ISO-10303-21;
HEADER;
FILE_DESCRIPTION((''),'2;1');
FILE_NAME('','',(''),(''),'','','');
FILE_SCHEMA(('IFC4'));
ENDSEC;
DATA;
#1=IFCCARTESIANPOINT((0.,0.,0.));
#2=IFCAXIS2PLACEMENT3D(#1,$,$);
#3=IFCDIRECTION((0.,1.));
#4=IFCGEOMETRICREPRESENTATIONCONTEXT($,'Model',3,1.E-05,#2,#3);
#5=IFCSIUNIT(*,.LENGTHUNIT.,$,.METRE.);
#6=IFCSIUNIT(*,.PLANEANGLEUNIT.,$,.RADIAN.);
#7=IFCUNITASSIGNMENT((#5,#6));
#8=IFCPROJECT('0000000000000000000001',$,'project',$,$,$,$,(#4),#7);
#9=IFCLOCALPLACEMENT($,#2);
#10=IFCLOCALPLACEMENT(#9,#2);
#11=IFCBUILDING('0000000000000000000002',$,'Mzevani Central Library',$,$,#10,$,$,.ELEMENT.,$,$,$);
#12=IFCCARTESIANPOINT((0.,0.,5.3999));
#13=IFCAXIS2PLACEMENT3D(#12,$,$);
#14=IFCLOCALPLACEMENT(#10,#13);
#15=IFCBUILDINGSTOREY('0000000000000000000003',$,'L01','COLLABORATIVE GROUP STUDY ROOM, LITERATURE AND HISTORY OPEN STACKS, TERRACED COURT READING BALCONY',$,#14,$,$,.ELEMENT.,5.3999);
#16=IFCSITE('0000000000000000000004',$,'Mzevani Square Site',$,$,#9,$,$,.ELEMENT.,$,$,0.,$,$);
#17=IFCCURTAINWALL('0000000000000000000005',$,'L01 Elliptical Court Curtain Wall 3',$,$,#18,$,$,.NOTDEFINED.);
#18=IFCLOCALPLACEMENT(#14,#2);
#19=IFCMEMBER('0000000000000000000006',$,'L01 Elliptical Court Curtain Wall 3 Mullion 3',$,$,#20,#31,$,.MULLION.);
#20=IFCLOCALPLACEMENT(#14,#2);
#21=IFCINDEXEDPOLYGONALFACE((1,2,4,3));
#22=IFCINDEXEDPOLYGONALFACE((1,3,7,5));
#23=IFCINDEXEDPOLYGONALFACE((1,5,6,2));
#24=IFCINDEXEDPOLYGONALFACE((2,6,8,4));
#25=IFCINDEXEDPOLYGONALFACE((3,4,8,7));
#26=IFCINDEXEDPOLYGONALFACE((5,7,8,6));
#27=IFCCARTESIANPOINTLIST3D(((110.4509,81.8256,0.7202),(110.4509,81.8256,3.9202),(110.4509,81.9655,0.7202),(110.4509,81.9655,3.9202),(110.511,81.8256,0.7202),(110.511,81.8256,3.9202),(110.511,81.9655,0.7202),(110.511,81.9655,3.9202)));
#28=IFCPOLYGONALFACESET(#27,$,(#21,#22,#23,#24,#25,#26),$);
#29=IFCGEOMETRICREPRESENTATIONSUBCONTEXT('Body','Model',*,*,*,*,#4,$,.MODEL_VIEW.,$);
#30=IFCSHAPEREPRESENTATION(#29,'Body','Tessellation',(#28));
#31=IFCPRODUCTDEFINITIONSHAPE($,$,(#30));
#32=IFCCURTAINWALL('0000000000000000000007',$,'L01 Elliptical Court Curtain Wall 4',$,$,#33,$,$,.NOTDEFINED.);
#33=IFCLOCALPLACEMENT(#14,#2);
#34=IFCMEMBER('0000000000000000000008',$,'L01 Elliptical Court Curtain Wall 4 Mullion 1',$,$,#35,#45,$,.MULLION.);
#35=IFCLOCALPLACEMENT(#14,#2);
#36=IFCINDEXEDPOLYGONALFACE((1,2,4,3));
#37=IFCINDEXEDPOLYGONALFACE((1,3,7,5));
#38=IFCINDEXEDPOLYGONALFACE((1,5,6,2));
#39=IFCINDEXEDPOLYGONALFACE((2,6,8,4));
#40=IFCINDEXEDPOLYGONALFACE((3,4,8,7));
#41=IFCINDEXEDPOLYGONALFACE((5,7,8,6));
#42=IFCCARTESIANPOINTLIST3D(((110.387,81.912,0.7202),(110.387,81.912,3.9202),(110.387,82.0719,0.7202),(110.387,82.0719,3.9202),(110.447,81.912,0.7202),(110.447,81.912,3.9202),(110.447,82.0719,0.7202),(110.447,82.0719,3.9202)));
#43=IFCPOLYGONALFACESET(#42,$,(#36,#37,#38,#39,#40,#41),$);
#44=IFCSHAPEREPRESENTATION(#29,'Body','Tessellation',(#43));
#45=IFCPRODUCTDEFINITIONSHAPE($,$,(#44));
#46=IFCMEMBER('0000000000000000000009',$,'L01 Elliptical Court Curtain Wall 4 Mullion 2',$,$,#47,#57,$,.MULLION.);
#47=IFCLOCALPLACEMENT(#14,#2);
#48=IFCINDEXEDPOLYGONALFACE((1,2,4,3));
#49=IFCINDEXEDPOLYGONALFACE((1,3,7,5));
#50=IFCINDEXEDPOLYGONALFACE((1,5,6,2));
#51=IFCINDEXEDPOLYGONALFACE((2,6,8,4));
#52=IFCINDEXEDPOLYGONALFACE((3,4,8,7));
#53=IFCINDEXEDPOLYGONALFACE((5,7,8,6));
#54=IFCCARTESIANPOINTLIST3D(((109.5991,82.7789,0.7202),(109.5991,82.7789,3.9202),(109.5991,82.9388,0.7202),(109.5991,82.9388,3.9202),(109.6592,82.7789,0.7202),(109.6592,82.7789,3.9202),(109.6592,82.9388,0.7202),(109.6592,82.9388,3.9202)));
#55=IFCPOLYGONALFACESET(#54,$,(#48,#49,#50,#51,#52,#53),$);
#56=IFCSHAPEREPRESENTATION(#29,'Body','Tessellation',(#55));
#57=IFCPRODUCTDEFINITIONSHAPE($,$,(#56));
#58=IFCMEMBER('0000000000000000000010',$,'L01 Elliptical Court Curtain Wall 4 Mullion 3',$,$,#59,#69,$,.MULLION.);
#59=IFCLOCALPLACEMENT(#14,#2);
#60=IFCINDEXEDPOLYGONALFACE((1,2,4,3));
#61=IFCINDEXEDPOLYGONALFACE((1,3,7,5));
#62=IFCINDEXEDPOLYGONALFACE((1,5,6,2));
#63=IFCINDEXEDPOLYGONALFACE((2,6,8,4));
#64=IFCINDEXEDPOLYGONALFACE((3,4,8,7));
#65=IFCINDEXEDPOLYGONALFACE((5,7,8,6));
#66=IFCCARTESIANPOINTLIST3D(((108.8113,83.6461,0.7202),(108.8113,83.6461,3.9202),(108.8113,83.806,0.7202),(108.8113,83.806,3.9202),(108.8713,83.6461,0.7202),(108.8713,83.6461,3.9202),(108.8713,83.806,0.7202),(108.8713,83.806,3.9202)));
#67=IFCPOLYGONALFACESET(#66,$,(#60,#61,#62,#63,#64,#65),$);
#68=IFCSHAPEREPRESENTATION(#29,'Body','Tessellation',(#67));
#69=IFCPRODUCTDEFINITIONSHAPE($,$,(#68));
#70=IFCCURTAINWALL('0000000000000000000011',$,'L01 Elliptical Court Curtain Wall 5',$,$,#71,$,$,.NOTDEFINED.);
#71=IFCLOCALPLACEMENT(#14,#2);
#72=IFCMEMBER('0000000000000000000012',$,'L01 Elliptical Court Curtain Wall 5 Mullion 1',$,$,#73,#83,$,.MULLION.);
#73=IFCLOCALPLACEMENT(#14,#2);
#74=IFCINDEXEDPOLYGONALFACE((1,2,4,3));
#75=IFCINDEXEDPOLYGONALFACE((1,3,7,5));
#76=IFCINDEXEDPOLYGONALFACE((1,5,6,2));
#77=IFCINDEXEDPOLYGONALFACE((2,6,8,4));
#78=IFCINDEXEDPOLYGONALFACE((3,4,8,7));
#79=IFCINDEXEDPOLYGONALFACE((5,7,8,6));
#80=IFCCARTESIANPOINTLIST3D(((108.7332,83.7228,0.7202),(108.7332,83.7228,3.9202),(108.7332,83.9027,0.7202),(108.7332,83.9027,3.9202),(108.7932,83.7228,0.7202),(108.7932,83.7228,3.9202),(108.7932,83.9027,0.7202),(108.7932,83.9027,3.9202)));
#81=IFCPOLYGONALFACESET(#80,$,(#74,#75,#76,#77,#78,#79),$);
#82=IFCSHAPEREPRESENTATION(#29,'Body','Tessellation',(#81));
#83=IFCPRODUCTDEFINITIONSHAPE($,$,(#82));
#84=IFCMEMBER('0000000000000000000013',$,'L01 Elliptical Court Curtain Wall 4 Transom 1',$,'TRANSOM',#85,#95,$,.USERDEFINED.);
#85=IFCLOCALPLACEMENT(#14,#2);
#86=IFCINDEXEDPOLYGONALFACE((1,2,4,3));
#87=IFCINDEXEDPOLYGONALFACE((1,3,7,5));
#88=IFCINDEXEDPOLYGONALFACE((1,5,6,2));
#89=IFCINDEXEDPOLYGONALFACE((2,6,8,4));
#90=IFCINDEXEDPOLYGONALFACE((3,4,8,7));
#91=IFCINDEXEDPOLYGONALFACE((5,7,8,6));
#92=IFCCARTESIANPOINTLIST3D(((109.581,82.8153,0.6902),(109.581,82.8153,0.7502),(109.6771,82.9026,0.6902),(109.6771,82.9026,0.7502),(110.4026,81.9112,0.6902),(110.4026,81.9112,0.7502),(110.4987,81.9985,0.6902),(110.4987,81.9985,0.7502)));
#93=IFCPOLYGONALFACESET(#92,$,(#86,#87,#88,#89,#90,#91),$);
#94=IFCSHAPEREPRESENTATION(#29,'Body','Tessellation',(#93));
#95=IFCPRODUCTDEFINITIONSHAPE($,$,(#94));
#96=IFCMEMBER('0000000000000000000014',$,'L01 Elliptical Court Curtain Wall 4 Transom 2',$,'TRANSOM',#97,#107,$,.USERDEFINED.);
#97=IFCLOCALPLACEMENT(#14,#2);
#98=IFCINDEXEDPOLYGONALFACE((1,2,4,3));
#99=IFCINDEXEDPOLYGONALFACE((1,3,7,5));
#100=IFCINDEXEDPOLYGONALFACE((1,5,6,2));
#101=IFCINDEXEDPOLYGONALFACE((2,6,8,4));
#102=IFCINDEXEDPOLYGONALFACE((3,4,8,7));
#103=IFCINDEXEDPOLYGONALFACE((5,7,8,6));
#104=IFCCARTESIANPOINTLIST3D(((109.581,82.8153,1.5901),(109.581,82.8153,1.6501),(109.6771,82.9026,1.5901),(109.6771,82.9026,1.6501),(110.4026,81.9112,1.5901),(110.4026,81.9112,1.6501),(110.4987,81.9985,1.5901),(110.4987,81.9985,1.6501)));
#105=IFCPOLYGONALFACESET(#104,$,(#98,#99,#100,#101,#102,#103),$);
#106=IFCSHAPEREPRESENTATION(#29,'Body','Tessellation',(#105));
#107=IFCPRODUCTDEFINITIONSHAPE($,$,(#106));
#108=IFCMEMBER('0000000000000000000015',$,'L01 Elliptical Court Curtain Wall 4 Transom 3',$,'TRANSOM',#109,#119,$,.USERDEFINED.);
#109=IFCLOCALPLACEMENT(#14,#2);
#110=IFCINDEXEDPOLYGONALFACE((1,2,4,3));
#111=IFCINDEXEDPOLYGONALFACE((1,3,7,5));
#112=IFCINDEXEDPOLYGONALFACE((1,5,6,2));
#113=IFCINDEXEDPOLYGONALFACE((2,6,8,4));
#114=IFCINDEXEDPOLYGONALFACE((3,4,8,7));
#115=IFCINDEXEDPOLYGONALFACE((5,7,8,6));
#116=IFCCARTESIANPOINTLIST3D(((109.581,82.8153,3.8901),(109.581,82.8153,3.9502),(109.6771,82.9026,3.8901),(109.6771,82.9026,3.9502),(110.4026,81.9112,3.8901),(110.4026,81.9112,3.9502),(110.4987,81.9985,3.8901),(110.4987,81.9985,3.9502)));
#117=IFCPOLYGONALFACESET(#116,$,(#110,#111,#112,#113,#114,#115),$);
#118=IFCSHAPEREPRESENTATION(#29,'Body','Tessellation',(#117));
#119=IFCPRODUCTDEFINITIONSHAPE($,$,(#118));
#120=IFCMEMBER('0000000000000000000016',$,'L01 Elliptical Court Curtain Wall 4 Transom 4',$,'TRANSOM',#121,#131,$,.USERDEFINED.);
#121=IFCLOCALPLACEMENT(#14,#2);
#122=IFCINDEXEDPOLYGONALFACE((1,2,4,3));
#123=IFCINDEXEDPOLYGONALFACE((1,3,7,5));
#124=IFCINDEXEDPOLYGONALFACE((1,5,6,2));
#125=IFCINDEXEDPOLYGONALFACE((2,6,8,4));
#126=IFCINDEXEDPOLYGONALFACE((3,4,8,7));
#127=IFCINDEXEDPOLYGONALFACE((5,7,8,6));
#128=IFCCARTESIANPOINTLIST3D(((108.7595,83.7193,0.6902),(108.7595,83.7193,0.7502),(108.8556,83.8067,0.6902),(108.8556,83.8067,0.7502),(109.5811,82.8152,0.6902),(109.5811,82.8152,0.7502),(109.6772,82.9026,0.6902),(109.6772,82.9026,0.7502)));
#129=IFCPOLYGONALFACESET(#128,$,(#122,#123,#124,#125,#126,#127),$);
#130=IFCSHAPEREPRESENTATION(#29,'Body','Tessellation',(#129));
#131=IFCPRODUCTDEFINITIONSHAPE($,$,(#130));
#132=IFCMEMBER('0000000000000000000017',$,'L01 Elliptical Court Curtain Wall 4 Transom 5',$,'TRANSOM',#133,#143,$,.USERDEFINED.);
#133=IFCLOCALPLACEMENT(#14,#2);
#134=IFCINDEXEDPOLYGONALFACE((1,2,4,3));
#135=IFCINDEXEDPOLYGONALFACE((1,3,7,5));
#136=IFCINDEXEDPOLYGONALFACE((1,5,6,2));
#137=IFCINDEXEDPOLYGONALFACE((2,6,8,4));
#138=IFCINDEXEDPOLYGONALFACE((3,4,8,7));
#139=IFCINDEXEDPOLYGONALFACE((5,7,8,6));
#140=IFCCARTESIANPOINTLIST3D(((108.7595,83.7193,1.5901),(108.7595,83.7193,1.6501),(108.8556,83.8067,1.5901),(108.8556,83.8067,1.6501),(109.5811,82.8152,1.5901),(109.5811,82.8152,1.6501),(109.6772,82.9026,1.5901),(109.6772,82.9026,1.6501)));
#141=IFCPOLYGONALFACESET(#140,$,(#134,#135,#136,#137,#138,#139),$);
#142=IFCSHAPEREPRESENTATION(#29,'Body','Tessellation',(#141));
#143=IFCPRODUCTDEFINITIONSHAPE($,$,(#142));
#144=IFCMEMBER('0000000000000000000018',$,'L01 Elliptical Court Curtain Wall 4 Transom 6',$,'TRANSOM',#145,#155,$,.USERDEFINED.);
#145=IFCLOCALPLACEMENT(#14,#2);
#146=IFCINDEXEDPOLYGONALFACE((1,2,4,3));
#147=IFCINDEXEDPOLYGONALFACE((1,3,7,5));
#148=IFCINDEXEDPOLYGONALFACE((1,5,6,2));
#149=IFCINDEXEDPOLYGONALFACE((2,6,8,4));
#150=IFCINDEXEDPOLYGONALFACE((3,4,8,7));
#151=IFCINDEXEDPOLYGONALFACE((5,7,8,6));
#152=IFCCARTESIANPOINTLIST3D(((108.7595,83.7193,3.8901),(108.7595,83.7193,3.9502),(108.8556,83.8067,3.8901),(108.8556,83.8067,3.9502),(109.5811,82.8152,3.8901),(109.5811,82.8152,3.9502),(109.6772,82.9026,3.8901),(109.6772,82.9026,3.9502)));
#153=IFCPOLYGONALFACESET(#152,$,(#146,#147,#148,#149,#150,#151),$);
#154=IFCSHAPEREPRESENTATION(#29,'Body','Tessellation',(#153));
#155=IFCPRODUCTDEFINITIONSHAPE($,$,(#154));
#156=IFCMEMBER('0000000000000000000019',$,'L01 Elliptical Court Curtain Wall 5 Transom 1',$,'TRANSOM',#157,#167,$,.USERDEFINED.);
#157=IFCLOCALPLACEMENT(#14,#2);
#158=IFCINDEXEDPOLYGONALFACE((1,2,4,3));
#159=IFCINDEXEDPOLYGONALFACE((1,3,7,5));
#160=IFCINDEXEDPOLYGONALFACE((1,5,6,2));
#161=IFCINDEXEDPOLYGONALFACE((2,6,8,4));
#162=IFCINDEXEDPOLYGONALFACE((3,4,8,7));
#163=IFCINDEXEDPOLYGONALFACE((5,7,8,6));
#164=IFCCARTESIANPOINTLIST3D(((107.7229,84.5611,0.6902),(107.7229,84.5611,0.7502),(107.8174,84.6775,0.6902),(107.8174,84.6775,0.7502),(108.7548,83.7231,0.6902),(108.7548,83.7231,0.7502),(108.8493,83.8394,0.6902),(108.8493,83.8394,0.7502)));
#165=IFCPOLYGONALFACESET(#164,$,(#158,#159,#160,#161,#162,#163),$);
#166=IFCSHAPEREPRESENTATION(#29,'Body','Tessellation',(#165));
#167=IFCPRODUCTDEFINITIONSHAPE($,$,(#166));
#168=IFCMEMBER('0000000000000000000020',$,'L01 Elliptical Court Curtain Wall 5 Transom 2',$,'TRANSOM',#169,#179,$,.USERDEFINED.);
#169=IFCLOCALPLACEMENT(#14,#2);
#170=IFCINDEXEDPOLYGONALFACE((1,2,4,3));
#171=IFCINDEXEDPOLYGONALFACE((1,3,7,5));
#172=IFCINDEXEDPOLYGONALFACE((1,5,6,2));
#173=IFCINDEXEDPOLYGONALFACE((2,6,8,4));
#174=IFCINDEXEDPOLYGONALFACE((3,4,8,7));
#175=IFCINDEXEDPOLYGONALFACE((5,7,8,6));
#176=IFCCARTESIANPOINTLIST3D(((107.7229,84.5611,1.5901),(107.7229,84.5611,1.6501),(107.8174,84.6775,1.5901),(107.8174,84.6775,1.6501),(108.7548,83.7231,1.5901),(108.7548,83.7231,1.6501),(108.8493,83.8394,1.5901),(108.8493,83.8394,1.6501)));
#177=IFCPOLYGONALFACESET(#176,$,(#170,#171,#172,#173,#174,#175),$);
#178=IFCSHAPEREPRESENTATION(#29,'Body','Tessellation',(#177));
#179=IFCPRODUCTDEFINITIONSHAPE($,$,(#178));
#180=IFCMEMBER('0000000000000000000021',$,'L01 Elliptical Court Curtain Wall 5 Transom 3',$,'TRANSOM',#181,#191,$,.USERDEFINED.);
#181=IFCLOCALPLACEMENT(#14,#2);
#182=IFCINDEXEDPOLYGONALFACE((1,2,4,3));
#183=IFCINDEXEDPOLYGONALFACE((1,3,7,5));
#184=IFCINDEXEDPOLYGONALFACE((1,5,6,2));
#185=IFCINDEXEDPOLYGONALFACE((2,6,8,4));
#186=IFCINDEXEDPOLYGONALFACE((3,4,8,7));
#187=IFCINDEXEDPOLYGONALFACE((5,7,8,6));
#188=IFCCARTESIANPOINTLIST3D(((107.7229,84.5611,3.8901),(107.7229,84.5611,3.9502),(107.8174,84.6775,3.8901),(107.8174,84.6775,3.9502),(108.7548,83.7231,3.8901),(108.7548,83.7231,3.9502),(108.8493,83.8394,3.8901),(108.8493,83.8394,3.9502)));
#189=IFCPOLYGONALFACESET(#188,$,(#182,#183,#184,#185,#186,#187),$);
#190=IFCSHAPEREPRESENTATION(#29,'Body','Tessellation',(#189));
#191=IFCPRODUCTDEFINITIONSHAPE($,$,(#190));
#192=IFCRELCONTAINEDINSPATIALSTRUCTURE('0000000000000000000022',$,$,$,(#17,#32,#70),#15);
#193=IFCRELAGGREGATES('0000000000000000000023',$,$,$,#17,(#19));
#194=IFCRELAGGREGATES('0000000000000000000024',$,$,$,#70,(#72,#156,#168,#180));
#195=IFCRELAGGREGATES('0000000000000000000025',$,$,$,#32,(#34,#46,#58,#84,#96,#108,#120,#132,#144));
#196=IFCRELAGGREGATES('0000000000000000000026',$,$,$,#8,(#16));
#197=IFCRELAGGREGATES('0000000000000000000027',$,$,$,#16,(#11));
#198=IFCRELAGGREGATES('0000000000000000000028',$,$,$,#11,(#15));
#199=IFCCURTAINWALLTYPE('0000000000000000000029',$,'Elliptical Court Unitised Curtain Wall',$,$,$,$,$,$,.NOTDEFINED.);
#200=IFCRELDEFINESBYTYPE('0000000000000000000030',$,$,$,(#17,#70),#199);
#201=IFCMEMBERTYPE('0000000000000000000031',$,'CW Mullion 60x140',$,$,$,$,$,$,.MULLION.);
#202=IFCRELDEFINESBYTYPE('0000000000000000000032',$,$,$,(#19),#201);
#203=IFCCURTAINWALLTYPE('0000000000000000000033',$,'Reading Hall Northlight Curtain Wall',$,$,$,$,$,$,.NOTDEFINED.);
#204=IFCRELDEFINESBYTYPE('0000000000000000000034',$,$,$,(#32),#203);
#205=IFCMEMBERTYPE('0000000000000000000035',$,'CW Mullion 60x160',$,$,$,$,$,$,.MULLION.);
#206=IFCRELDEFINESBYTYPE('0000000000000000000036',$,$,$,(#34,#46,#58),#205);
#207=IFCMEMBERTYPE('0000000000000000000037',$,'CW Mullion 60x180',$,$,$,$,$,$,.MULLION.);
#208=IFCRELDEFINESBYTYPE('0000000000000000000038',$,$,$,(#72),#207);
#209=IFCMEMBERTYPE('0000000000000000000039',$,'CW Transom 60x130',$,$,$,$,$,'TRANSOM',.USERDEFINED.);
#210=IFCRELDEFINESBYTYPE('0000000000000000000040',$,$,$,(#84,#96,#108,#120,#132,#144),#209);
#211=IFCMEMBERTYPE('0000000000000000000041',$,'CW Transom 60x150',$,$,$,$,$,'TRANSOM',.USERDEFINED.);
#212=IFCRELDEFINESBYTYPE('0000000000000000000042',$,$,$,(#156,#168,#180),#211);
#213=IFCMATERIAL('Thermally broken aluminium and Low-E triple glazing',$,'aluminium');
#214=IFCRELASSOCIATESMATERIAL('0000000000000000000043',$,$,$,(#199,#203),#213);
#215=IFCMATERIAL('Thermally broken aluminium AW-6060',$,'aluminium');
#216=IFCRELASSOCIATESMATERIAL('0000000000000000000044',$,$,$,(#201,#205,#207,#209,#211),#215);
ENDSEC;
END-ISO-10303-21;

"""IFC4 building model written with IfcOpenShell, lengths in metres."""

from ifc_helpers import new_model, si_unit, direction, frame, origin, origin_2d, place, context, subcontext, project, spatial, rectangle, extrude, material, material_profile, profile_set, type_object, element, aggregate, save


model = new_model("IFC4")

# Units and contexts
model_context = context("Model", 3, precision=1e-05, world=origin(), true_north=direction((0.0, 1.0)))
body_context = subcontext(model_context, "Body", "Model", "MODEL_VIEW")
ifc_project = project(units=[si_unit("LENGTHUNIT", "METRE"), si_unit("PLANEANGLEUNIT", "RADIAN")], contexts=[model_context])

# Site, building, storey
site_placement = place(None, origin())
site = spatial("IfcSite", under=ifc_project, at=site_placement, Name="Mzevani Square Site", CompositionType="ELEMENT", RefElevation=0.0)
building_placement = place(site_placement, origin())
building = spatial("IfcBuilding", under=site, at=building_placement, Name="Mzevani Central Library", CompositionType="ELEMENT")
storey_placement = place(building_placement, frame((0.0, 0.0, 5.3999)))
storey = spatial("IfcBuildingStorey", under=building, at=storey_placement, Name="L01", Description="COLLABORATIVE GROUP STUDY ROOM, LITERATURE AND HISTORY OPEN STACKS, TERRACED COURT READING BALCONY", CompositionType="ELEMENT", Elevation=5.3999)

# Curtain wall, member
ifc_material_1 = material(Name="Thermally broken aluminium and Low-E triple glazing", Category="aluminium")
curtain_wall_type_1 = type_object("IfcCurtainWallType", Name="Elliptical Court Unitised Curtain Wall", PredefinedType="NOTDEFINED", material=ifc_material_1)
curtain_wall_1_placement = place(storey_placement, origin())
curtain_wall_1 = element("IfcCurtainWall", 1, at=curtain_wall_1_placement, inside=storey, type_object=curtain_wall_type_1, Name="L01 Elliptical Court Curtain Wall 3", PredefinedType="NOTDEFINED")
ifc_material_2 = material(Name="Thermally broken aluminium AW-6060", Category="aluminium")
ifc_material_profile_1 = material_profile(ifc_material_2, rectangle(XDim=0.0601, YDim=0.1399, at=origin_2d()), Name="ALU M60x140")
ifc_profile_set_1 = profile_set([ifc_material_profile_1], Name="Thermally broken aluminium AW-6060")
member_type_1 = type_object("IfcMemberType", Name="CW Mullion 60x140", PredefinedType="MULLION", material=ifc_profile_set_1)
member_1_placement = place(storey_placement, frame((110.481, 81.8955, 0.7202), z_axis=(0.0, 0.0, 1.0), x_axis=(1.0, 0.0, 0.0)))
member_1 = element("IfcMember", 2, at=member_1_placement, type_object=member_type_1, Name="L01 Elliptical Court Curtain Wall 3 Mullion 3", PredefinedType="MULLION", context=body_context, shape_type="SweptSolid", body=[
    extrude(rectangle(XDim=0.0601, YDim=0.1399, at=origin_2d()), origin(), (0.0, 0.0, 1.0), 3.2),
])
aggregate(curtain_wall_1, [member_1])

# Curtain wall, members
curtain_wall_type_2 = type_object("IfcCurtainWallType", Name="Reading Hall Northlight Curtain Wall", PredefinedType="NOTDEFINED", material=ifc_material_1)
curtain_wall_2_placement = place(storey_placement, origin())
curtain_wall_2 = element("IfcCurtainWall", 3, at=curtain_wall_2_placement, inside=storey, type_object=curtain_wall_type_2, Name="L01 Elliptical Court Curtain Wall 4", PredefinedType="NOTDEFINED")
ifc_material_profile_2 = material_profile(ifc_material_2, rectangle(XDim=0.0601, YDim=0.1599, at=origin_2d()), Name="ALU M60x160")
ifc_profile_set_2 = profile_set([ifc_material_profile_2], Name="Thermally broken aluminium AW-6060")
member_type_2 = type_object("IfcMemberType", Name="CW Mullion 60x160", PredefinedType="MULLION", material=ifc_profile_set_2)
member_2_placement = place(storey_placement, frame((110.417, 81.9919, 0.7202), z_axis=(0.0, 0.0, 1.0), x_axis=(1.0, 0.0, 0.0)))
member_2 = element("IfcMember", 4, at=member_2_placement, type_object=member_type_2, Name="L01 Elliptical Court Curtain Wall 4 Mullion 1", PredefinedType="MULLION", context=body_context, shape_type="SweptSolid", body=[
    extrude(rectangle(XDim=0.0601, YDim=0.1599, at=origin_2d()), origin(), (0.0, 0.0, 1.0), 3.2),
])
member_3_placement = place(storey_placement, frame((109.6292, 82.8589, 0.7202), z_axis=(0.0, 0.0, 1.0), x_axis=(1.0, 0.0, 0.0)))
member_3 = element("IfcMember", 5, at=member_3_placement, type_object=member_type_2, Name="L01 Elliptical Court Curtain Wall 4 Mullion 2", PredefinedType="MULLION", context=body_context, shape_type="SweptSolid", body=[
    extrude(rectangle(XDim=0.0601, YDim=0.1599, at=origin_2d()), origin(), (0.0, 0.0, 1.0), 3.2),
])
member_4_placement = place(storey_placement, frame((108.8413, 83.7261, 0.7202), z_axis=(0.0, 0.0, 1.0), x_axis=(1.0, 0.0, 0.0)))
member_4 = element("IfcMember", 6, at=member_4_placement, type_object=member_type_2, Name="L01 Elliptical Court Curtain Wall 4 Mullion 3", PredefinedType="MULLION", context=body_context, shape_type="SweptSolid", body=[
    extrude(rectangle(XDim=0.0601, YDim=0.1599, at=origin_2d()), origin(), (0.0, 0.0, 1.0), 3.2),
])

# Curtain wall, member
curtain_wall_3_placement = place(storey_placement, origin())
curtain_wall_3 = element("IfcCurtainWall", 7, at=curtain_wall_3_placement, inside=storey, type_object=curtain_wall_type_1, Name="L01 Elliptical Court Curtain Wall 5", PredefinedType="NOTDEFINED")
ifc_material_profile_3 = material_profile(ifc_material_2, rectangle(XDim=0.0601, YDim=0.1799, at=origin_2d()), Name="ALU M60x180")
ifc_profile_set_3 = profile_set([ifc_material_profile_3], Name="Thermally broken aluminium AW-6060")
member_type_3 = type_object("IfcMemberType", Name="CW Mullion 60x180", PredefinedType="MULLION", material=ifc_profile_set_3)
member_5_placement = place(storey_placement, frame((108.7632, 83.8127, 0.7202), z_axis=(0.0, 0.0, 1.0), x_axis=(1.0, 0.0, 0.0)))
member_5 = element("IfcMember", 8, at=member_5_placement, type_object=member_type_3, Name="L01 Elliptical Court Curtain Wall 5 Mullion 1", PredefinedType="MULLION", context=body_context, shape_type="SweptSolid", body=[
    extrude(rectangle(XDim=0.0601, YDim=0.1799, at=origin_2d()), origin(), (0.0, 0.0, 1.0), 3.2),
])

# Members
ifc_material_profile_4 = material_profile(ifc_material_2, rectangle(XDim=0.1299, YDim=0.0601, at=origin_2d()), Name="ALU T60x130")
ifc_profile_set_4 = profile_set([ifc_material_profile_4], Name="Thermally broken aluminium AW-6060")
member_type_4 = type_object("IfcMemberType", Name="CW Transom 60x130", ElementType="TRANSOM", PredefinedType="USERDEFINED", material=ifc_profile_set_4)
member_6_placement = place(storey_placement, frame((110.4507, 81.9548, 0.7202), z_axis=(-0.672524, 0.740076, 0.0), x_axis=(-0.740076, -0.672524, 0.0)))
member_6 = element("IfcMember", 9, at=member_6_placement, type_object=member_type_4, Name="L01 Elliptical Court Curtain Wall 4 Transom 1", ObjectType="TRANSOM", PredefinedType="USERDEFINED", context=body_context, shape_type="SweptSolid", body=[
    extrude(rectangle(XDim=0.1299, YDim=0.0601, at=origin_2d()), origin(), (0.0, 0.0, 1.0), 1.2217),
])
member_7_placement = place(storey_placement, frame((110.4507, 81.9548, 1.6201), z_axis=(-0.672524, 0.740076, 0.0), x_axis=(-0.740076, -0.672524, 0.0)))
member_7 = element("IfcMember", 10, at=member_7_placement, type_object=member_type_4, Name="L01 Elliptical Court Curtain Wall 4 Transom 2", ObjectType="TRANSOM", PredefinedType="USERDEFINED", context=body_context, shape_type="SweptSolid", body=[
    extrude(rectangle(XDim=0.1299, YDim=0.0601, at=origin_2d()), origin(), (0.0, 0.0, 1.0), 1.2217),
])
member_8_placement = place(storey_placement, frame((110.4507, 81.9548, 3.9202), z_axis=(-0.672524, 0.740076, 0.0), x_axis=(-0.740076, -0.672524, 0.0)))
member_8 = element("IfcMember", 11, at=member_8_placement, type_object=member_type_4, Name="L01 Elliptical Court Curtain Wall 4 Transom 3", ObjectType="TRANSOM", PredefinedType="USERDEFINED", context=body_context, shape_type="SweptSolid", body=[
    extrude(rectangle(XDim=0.1299, YDim=0.0601, at=origin_2d()), origin(), (0.0, 0.0, 1.0), 1.2217),
])
member_9_placement = place(storey_placement, frame((109.6292, 82.8589, 0.7202), z_axis=(-0.672524, 0.740076, 0.0), x_axis=(-0.740076, -0.672524, 0.0)))
member_9 = element("IfcMember", 12, at=member_9_placement, type_object=member_type_4, Name="L01 Elliptical Court Curtain Wall 4 Transom 4", ObjectType="TRANSOM", PredefinedType="USERDEFINED", context=body_context, shape_type="SweptSolid", body=[
    extrude(rectangle(XDim=0.1299, YDim=0.0601, at=origin_2d()), origin(), (0.0, 0.0, 1.0), 1.2217),
])
member_10_placement = place(storey_placement, frame((109.6292, 82.8589, 1.6201), z_axis=(-0.672524, 0.740076, 0.0), x_axis=(-0.740076, -0.672524, 0.0)))
member_10 = element("IfcMember", 13, at=member_10_placement, type_object=member_type_4, Name="L01 Elliptical Court Curtain Wall 4 Transom 5", ObjectType="TRANSOM", PredefinedType="USERDEFINED", context=body_context, shape_type="SweptSolid", body=[
    extrude(rectangle(XDim=0.1299, YDim=0.0601, at=origin_2d()), origin(), (0.0, 0.0, 1.0), 1.2217),
])
member_11_placement = place(storey_placement, frame((109.6292, 82.8589, 3.9202), z_axis=(-0.672524, 0.740076, 0.0), x_axis=(-0.740076, -0.672524, 0.0)))
member_11 = element("IfcMember", 14, at=member_11_placement, type_object=member_type_4, Name="L01 Elliptical Court Curtain Wall 4 Transom 6", ObjectType="TRANSOM", PredefinedType="USERDEFINED", context=body_context, shape_type="SweptSolid", body=[
    extrude(rectangle(XDim=0.1299, YDim=0.0601, at=origin_2d()), origin(), (0.0, 0.0, 1.0), 1.2217),
])
ifc_material_profile_5 = material_profile(ifc_material_2, rectangle(XDim=0.1499, YDim=0.0601, at=origin_2d()), Name="ALU T60x150")
ifc_profile_set_5 = profile_set([ifc_material_profile_5], Name="Thermally broken aluminium AW-6060")
member_type_5 = type_object("IfcMemberType", Name="CW Transom 60x150", ElementType="TRANSOM", PredefinedType="USERDEFINED", material=ifc_profile_set_5)
member_12_placement = place(storey_placement, frame((108.802, 83.7812, 0.7202), z_axis=(-0.776243, 0.630434, 0.0), x_axis=(-0.630434, -0.776243, 0.0)))
member_12 = element("IfcMember", 15, at=member_12_placement, type_object=member_type_5, Name="L01 Elliptical Court Curtain Wall 5 Transom 1", ObjectType="TRANSOM", PredefinedType="USERDEFINED", context=body_context, shape_type="SweptSolid", body=[
    extrude(rectangle(XDim=0.1499, YDim=0.0601, at=origin_2d()), origin(), (0.0, 0.0, 1.0), 1.3293),
])
member_13_placement = place(storey_placement, frame((108.802, 83.7812, 1.6201), z_axis=(-0.776243, 0.630434, 0.0), x_axis=(-0.630434, -0.776243, 0.0)))
member_13 = element("IfcMember", 16, at=member_13_placement, type_object=member_type_5, Name="L01 Elliptical Court Curtain Wall 5 Transom 2", ObjectType="TRANSOM", PredefinedType="USERDEFINED", context=body_context, shape_type="SweptSolid", body=[
    extrude(rectangle(XDim=0.1499, YDim=0.0601, at=origin_2d()), origin(), (0.0, 0.0, 1.0), 1.3293),
])
member_14_placement = place(storey_placement, frame((108.802, 83.7812, 3.9202), z_axis=(-0.776243, 0.630434, 0.0), x_axis=(-0.630434, -0.776243, 0.0)))
member_14 = element("IfcMember", 17, at=member_14_placement, type_object=member_type_5, Name="L01 Elliptical Court Curtain Wall 5 Transom 3", ObjectType="TRANSOM", PredefinedType="USERDEFINED", context=body_context, shape_type="SweptSolid", body=[
    extrude(rectangle(XDim=0.1499, YDim=0.0601, at=origin_2d()), origin(), (0.0, 0.0, 1.0), 1.3293),
])
aggregate(curtain_wall_3, [member_5, member_12, member_13, member_14])

aggregate(curtain_wall_2, [member_2, member_3, member_4, member_6, member_7, member_8, member_9, member_10, member_11])

save(model, "model.ifc")
